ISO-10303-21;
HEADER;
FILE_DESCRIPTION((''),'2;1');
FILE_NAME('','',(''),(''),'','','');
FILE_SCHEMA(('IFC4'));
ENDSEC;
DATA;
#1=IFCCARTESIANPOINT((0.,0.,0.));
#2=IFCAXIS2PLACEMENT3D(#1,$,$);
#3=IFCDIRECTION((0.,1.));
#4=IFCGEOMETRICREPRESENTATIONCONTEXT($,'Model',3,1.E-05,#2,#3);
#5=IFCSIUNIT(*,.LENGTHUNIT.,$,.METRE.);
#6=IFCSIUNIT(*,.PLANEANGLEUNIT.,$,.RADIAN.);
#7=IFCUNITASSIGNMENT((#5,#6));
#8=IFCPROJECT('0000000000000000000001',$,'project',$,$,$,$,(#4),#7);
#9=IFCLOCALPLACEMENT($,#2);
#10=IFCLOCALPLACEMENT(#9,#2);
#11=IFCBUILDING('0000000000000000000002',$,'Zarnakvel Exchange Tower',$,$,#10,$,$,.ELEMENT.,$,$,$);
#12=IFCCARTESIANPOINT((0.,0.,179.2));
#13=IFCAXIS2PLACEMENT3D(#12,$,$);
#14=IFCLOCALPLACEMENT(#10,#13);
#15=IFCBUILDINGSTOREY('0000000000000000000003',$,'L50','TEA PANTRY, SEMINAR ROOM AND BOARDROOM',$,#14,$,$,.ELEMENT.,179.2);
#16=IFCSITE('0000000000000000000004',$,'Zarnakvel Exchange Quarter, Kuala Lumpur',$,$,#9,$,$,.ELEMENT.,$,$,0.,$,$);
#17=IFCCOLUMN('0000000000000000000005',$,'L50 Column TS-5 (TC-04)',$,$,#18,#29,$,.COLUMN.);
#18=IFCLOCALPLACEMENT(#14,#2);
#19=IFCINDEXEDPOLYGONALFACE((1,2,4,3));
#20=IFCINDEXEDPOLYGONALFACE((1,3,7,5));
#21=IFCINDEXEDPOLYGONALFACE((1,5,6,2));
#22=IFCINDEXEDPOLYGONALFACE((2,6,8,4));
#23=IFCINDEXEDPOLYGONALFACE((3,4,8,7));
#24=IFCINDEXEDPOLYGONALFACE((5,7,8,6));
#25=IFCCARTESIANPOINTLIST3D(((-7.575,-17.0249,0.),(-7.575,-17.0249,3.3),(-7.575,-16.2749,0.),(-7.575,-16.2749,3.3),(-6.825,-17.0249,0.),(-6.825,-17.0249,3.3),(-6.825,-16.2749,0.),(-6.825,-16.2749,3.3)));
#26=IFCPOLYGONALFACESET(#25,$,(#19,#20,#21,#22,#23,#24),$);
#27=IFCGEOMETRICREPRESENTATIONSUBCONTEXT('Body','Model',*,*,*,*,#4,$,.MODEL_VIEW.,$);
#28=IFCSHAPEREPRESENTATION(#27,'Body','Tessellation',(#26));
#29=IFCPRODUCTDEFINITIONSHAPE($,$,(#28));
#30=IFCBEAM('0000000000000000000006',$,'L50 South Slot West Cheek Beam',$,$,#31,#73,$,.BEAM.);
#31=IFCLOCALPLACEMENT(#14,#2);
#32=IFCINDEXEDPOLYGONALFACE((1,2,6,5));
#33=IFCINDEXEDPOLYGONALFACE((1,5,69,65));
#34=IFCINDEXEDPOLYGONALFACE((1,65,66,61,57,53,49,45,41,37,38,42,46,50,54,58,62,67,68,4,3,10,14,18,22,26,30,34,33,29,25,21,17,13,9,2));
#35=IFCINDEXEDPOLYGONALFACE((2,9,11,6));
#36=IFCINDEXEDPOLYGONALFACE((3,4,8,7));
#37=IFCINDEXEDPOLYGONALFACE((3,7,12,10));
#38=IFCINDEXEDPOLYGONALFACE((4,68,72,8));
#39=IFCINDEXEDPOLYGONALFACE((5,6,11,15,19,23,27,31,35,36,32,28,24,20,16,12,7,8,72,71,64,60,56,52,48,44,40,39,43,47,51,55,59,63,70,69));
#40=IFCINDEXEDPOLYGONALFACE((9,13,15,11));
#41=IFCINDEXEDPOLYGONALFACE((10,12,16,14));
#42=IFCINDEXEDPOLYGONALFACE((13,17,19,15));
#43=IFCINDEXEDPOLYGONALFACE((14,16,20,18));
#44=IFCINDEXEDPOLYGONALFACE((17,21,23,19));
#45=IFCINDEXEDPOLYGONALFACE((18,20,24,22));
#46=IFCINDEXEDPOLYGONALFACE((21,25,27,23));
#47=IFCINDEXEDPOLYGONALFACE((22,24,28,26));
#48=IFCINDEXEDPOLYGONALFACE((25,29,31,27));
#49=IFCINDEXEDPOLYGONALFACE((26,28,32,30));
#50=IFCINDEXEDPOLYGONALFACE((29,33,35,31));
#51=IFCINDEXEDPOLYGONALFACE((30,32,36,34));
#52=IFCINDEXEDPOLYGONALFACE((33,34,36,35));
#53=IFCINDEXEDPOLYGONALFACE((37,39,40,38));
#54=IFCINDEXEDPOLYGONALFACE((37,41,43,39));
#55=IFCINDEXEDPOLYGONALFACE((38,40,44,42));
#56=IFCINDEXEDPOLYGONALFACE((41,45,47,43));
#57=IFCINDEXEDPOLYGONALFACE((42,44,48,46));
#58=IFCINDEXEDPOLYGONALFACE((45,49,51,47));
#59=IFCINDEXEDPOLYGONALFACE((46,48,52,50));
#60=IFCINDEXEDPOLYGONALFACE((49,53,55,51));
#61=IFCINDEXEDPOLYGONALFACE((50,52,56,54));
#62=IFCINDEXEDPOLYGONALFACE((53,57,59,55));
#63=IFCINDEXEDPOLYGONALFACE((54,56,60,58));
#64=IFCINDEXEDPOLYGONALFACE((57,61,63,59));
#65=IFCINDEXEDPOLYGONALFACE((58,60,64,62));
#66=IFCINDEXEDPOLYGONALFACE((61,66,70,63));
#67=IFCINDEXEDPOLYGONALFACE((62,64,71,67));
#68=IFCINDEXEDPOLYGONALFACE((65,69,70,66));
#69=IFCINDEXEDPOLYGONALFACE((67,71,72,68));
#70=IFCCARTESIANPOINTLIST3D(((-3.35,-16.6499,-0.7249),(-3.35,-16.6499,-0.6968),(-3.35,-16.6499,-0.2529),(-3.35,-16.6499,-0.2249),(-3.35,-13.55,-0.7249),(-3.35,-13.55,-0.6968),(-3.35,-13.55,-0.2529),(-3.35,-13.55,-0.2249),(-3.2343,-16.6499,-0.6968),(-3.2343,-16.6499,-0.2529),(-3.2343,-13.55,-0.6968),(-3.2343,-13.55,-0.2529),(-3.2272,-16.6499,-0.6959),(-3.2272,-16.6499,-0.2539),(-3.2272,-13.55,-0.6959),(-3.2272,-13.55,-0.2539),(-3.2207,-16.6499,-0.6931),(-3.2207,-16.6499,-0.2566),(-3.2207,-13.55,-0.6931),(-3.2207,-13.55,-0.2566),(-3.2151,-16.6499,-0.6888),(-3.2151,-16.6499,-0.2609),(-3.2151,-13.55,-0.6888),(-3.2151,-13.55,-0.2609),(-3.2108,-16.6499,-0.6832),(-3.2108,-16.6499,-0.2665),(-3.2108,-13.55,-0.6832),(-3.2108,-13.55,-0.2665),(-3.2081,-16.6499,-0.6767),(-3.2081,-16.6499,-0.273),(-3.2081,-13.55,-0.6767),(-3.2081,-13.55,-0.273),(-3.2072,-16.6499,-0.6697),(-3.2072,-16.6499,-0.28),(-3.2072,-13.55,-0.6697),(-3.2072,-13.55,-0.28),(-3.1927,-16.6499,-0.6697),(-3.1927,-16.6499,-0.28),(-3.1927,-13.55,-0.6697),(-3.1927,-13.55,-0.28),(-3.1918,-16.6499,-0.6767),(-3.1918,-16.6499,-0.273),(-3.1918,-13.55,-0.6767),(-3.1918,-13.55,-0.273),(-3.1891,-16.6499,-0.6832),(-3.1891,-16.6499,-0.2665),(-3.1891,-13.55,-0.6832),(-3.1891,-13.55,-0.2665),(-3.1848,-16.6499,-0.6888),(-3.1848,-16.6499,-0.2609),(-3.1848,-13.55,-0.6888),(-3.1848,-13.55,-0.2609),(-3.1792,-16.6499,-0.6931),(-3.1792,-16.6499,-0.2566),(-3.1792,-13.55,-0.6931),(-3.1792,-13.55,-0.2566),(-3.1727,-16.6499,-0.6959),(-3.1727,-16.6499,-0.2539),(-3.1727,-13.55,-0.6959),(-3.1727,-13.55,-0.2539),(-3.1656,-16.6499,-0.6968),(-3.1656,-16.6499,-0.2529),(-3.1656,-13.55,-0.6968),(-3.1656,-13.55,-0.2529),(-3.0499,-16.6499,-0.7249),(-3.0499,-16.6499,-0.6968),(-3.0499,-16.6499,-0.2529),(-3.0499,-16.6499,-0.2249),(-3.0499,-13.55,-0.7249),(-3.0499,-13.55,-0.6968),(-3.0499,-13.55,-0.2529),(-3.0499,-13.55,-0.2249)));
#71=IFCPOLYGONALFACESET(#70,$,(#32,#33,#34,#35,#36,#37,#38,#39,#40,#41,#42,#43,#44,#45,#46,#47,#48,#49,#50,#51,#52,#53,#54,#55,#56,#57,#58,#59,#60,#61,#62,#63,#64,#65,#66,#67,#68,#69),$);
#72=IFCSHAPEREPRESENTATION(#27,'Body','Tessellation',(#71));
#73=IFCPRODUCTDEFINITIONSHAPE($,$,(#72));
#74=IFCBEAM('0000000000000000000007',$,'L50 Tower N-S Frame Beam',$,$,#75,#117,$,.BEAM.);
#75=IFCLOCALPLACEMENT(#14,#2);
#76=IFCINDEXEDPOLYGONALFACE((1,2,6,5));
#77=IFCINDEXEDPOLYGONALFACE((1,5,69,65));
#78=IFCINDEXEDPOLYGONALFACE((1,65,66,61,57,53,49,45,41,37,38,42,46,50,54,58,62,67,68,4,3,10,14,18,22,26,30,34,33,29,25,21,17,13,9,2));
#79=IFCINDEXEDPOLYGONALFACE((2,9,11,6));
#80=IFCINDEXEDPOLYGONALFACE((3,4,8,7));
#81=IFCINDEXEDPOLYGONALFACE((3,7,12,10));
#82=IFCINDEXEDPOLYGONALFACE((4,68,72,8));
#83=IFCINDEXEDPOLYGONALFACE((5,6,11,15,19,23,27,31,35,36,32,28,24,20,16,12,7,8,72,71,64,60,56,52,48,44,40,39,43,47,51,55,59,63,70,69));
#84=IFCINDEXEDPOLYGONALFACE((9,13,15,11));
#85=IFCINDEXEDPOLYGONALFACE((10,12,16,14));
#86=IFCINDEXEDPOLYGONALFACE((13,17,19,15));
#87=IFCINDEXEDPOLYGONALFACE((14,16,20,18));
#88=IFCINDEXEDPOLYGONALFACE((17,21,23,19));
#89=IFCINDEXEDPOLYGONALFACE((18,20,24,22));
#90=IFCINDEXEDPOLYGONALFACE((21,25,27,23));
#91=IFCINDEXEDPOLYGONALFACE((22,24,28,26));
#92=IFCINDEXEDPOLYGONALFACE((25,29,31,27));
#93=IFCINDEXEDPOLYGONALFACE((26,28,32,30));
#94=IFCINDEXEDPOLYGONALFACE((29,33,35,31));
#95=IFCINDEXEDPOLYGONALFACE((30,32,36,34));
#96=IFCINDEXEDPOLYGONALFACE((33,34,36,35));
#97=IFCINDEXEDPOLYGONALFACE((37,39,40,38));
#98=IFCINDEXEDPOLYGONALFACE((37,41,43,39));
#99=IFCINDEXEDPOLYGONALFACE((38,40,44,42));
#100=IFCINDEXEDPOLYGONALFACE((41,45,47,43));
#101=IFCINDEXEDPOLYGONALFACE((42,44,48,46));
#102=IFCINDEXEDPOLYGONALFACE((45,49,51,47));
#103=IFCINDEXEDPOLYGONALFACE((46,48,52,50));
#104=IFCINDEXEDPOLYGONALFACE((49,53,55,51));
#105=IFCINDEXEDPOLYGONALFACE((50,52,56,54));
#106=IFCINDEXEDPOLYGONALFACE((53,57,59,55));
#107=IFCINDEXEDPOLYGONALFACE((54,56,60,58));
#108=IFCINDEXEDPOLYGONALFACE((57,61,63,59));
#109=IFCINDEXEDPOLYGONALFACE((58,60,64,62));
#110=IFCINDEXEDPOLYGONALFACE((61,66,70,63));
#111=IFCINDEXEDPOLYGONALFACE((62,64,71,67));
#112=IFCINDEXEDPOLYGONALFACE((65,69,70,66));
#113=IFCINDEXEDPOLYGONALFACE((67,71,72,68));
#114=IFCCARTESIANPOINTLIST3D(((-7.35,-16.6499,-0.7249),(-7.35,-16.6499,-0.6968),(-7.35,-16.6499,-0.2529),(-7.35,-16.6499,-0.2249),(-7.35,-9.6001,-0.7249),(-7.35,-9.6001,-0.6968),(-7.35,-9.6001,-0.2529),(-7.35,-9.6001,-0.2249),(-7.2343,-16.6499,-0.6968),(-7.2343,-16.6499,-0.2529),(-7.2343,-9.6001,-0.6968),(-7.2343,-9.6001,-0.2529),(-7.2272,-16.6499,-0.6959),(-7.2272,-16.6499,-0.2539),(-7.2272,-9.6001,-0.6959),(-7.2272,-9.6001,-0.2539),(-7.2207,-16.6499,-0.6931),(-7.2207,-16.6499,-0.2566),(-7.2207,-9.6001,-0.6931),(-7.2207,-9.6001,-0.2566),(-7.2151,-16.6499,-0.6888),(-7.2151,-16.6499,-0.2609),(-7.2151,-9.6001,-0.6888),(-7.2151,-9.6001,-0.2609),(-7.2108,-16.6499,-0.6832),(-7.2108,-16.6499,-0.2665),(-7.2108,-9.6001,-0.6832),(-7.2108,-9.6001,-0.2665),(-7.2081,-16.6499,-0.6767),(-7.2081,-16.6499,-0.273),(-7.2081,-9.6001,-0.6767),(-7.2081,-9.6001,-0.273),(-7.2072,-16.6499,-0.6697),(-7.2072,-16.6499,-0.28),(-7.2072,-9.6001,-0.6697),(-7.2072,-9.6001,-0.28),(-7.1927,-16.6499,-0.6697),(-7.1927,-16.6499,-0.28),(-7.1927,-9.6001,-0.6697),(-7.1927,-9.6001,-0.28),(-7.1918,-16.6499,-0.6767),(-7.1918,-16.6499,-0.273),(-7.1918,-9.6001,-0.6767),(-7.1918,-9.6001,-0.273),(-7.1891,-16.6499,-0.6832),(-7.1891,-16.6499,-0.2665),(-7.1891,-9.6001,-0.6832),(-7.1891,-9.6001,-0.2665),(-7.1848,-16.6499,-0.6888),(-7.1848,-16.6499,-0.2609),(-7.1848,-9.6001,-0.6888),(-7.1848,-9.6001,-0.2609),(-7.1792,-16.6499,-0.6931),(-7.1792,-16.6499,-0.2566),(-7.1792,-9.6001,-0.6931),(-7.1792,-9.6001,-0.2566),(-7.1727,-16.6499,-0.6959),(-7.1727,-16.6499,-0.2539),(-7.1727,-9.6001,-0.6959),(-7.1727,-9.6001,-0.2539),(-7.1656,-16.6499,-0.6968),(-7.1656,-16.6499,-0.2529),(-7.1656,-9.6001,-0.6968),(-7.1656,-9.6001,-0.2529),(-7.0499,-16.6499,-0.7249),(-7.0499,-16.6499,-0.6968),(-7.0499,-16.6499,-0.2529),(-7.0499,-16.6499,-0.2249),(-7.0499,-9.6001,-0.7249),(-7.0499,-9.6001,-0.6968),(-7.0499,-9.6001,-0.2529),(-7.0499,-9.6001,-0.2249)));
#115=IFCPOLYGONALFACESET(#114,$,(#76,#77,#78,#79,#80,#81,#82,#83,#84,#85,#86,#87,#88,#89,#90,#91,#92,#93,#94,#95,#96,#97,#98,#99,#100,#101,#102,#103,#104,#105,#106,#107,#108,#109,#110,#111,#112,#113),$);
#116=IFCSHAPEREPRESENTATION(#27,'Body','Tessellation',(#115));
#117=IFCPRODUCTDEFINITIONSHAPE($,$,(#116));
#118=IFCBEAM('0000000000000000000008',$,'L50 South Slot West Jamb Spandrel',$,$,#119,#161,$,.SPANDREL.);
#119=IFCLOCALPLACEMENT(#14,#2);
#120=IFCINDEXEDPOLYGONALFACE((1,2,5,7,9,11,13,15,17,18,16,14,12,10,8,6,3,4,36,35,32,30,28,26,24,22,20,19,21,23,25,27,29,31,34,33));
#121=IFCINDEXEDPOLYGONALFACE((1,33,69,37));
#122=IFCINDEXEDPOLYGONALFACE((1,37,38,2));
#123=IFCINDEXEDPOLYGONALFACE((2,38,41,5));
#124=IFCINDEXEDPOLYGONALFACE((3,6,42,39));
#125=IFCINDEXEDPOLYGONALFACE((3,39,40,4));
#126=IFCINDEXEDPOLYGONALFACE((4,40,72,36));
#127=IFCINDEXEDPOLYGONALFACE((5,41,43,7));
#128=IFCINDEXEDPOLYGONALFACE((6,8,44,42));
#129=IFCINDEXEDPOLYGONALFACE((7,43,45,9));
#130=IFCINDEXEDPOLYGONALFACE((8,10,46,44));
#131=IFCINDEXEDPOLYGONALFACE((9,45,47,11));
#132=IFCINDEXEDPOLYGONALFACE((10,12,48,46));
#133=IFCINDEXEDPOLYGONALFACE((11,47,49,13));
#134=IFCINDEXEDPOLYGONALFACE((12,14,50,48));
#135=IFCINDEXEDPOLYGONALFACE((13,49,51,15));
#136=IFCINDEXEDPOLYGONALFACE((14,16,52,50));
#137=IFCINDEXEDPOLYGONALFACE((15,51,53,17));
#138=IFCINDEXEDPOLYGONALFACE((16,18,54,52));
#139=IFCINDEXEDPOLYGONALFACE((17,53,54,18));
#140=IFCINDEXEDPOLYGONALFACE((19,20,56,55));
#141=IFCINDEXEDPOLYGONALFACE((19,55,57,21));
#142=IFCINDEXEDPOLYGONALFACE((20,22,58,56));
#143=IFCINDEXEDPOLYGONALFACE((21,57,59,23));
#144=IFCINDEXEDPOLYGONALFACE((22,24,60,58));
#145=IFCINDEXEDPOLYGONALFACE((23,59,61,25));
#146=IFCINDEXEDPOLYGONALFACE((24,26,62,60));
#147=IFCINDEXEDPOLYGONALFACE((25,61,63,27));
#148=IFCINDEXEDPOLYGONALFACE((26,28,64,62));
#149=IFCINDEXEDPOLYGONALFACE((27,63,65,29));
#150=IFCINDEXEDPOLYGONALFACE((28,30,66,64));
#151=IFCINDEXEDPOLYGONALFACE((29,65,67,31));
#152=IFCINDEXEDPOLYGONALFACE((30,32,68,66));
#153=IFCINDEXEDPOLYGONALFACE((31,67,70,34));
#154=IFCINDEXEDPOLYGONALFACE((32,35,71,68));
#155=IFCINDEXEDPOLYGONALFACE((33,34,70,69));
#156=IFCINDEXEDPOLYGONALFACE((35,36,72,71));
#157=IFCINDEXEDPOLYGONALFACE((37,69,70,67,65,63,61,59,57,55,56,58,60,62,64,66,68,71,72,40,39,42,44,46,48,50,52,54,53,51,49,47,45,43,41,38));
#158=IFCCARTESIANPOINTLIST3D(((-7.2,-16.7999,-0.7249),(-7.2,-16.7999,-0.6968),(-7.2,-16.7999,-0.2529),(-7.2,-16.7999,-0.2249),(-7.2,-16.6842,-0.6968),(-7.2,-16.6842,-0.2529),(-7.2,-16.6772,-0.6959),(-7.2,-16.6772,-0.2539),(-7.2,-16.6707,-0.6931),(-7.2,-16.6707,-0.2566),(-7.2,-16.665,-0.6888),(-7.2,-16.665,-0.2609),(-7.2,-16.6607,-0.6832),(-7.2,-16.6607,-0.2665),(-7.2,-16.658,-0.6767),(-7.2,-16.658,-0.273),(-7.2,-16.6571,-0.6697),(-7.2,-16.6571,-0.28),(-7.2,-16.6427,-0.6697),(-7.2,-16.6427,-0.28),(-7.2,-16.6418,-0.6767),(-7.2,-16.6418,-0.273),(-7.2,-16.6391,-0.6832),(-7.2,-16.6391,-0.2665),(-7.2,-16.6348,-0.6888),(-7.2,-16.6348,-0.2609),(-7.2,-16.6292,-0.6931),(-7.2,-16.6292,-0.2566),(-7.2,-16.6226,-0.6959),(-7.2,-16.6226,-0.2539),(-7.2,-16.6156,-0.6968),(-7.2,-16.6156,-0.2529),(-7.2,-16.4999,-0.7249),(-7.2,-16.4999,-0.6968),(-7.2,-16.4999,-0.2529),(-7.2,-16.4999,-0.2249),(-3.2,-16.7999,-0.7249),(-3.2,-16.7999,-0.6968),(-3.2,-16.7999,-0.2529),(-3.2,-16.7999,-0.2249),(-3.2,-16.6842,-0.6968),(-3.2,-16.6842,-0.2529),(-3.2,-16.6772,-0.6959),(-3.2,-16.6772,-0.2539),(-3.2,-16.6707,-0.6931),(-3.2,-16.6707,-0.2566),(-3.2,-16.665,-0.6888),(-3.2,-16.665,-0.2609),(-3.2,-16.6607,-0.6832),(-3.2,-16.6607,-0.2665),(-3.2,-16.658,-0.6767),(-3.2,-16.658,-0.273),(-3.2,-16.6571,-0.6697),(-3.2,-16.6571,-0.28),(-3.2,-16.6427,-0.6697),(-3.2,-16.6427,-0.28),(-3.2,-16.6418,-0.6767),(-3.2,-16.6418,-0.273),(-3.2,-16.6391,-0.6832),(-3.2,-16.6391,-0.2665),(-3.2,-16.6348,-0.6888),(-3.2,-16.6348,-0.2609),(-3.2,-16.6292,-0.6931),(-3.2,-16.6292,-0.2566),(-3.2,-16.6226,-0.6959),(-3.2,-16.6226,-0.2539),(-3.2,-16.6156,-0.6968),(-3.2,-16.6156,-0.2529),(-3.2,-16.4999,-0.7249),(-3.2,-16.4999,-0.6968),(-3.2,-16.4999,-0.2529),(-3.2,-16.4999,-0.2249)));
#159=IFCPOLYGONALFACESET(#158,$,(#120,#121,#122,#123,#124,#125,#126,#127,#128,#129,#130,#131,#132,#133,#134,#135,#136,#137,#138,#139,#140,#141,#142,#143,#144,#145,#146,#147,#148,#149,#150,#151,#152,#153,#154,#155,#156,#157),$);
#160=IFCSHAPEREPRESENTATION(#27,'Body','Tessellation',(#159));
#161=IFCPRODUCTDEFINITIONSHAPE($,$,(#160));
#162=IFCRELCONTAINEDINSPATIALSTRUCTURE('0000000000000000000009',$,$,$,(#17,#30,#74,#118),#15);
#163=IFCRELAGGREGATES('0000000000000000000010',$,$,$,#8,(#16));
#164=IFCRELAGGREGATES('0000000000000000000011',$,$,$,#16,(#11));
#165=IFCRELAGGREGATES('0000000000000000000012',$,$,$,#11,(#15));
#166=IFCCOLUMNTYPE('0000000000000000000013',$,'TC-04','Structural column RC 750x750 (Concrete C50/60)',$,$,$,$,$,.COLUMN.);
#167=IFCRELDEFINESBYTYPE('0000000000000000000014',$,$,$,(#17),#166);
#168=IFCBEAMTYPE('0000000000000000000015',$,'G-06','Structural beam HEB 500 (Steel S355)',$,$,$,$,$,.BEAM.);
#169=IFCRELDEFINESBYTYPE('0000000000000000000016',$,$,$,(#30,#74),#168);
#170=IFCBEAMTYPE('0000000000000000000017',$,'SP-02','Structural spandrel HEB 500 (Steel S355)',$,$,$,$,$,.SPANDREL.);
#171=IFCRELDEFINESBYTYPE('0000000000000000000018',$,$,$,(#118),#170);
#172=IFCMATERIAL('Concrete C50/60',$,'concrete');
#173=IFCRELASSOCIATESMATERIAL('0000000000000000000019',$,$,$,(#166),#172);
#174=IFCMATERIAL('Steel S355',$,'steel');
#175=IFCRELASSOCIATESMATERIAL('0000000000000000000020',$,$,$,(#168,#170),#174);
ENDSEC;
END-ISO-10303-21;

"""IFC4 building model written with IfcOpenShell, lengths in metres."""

from ifc_helpers import new_model, si_unit, direction, frame, origin, origin_2d, place, context, subcontext, project, spatial, rectangle, i_section, extrude, material, material_profile, profile_set, type_object, element, save


model = new_model("IFC4")

# Units and contexts
model_context = context("Model", 3, precision=1e-05, world=origin(), true_north=direction((0.0, 1.0)))
body_context = subcontext(model_context, "Body", "Model", "MODEL_VIEW")
ifc_project = project(units=[si_unit("LENGTHUNIT", "METRE"), si_unit("PLANEANGLEUNIT", "RADIAN")], contexts=[model_context])

# Site, building, storey
site_placement = place(None, origin())
site = spatial("IfcSite", under=ifc_project, at=site_placement, Name="Zarnakvel Exchange Quarter, Kuala Lumpur", CompositionType="ELEMENT", RefElevation=0.0)
building_placement = place(site_placement, origin())
building = spatial("IfcBuilding", under=site, at=building_placement, Name="Zarnakvel Exchange Tower", CompositionType="ELEMENT")
storey_placement = place(building_placement, frame((0.0, 0.0, 179.2)))
storey = spatial("IfcBuildingStorey", under=building, at=storey_placement, Name="L50", Description="TEA PANTRY, SEMINAR ROOM AND BOARDROOM", CompositionType="ELEMENT", Elevation=179.2)

# Column
ifc_material_1 = material(Name="Concrete C50/60", Category="concrete")
ifc_material_profile_1 = material_profile(ifc_material_1, rectangle(XDim=0.75, YDim=0.75, at=origin_2d()))
ifc_profile_set_1 = profile_set([ifc_material_profile_1], Name="Concrete C50/60")
column_type = type_object("IfcColumnType", Name="TC-04", Description="Structural column RC 750x750 (Concrete C50/60)", PredefinedType="COLUMN", material=ifc_profile_set_1)
column_placement = place(storey_placement, frame((-7.2, -16.6499, 0.0), z_axis=(0.0, 0.0, 1.0), x_axis=(1.0, 0.0, 0.0)))
element("IfcColumn", 1, at=column_placement, inside=storey, type_object=column_type, Name="L50 Column TS-5 (TC-04)", PredefinedType="COLUMN", context=body_context, shape_type="SweptSolid", body=[
    extrude(rectangle(XDim=0.75, YDim=0.75, at=origin_2d()), origin(), (0.0, 0.0, 1.0), 3.3),
])

# Beams
ifc_material_2 = material(Name="Steel S355", Category="steel")
ifc_material_profile_2 = material_profile(ifc_material_2, i_section(OverallWidth=0.3, OverallDepth=0.5, WebThickness=0.0144, FlangeThickness=0.0281, FilletRadius=0.0271, at=origin_2d()))
ifc_profile_set_2 = profile_set([ifc_material_profile_2], Name="Steel S355")
beam_type_1 = type_object("IfcBeamType", Name="G-06", Description="Structural beam HEB 500 (Steel S355)", PredefinedType="BEAM", material=ifc_profile_set_2)
beam_1_placement = place(storey_placement, frame((-3.2, -16.6499, -0.4749), z_axis=(0.0, 1.0, 0.0), x_axis=(-1.0, 0.0, 0.0)))
element("IfcBeam", 2, at=beam_1_placement, inside=storey, type_object=beam_type_1, Name="L50 South Slot West Cheek Beam", PredefinedType="BEAM", context=body_context, shape_type="SweptSolid", body=[
    extrude(i_section(OverallWidth=0.3, OverallDepth=0.5, WebThickness=0.0144, FlangeThickness=0.0281, FilletRadius=0.0271, at=origin_2d()), origin(), (0.0, 0.0, 1.0), 3.0999),
])
beam_2_placement = place(storey_placement, frame((-7.2, -16.6499, -0.4749), z_axis=(0.0, 1.0, 0.0), x_axis=(-1.0, 0.0, 0.0)))
element("IfcBeam", 3, at=beam_2_placement, inside=storey, type_object=beam_type_1, Name="L50 Tower N-S Frame Beam", PredefinedType="BEAM", context=body_context, shape_type="SweptSolid", body=[
    extrude(i_section(OverallWidth=0.3, OverallDepth=0.5, WebThickness=0.0144, FlangeThickness=0.0281, FilletRadius=0.0271, at=origin_2d()), origin(), (0.0, 0.0, 1.0), 7.0498),
])
ifc_material_profile_3 = material_profile(ifc_material_2, i_section(OverallWidth=0.3, OverallDepth=0.5, WebThickness=0.0144, FlangeThickness=0.0281, FilletRadius=0.0271, at=origin_2d()))
ifc_profile_set_3 = profile_set([ifc_material_profile_3], Name="Steel S355")
beam_type_2 = type_object("IfcBeamType", Name="SP-02", Description="Structural spandrel HEB 500 (Steel S355)", PredefinedType="SPANDREL", material=ifc_profile_set_3)
beam_3_placement = place(storey_placement, frame((-7.2, -16.6499, -0.4749), z_axis=(1.0, 0.0, 0.0), x_axis=(0.0, 1.0, 0.0)))
element("IfcBeam", 4, at=beam_3_placement, inside=storey, type_object=beam_type_2, Name="L50 South Slot West Jamb Spandrel", PredefinedType="SPANDREL", context=body_context, shape_type="SweptSolid", body=[
    extrude(i_section(OverallWidth=0.3, OverallDepth=0.5, WebThickness=0.0144, FlangeThickness=0.0281, FilletRadius=0.0271, at=origin_2d()), origin(), (0.0, 0.0, 1.0), 4.0),
])

save(model, "model.ifc")
